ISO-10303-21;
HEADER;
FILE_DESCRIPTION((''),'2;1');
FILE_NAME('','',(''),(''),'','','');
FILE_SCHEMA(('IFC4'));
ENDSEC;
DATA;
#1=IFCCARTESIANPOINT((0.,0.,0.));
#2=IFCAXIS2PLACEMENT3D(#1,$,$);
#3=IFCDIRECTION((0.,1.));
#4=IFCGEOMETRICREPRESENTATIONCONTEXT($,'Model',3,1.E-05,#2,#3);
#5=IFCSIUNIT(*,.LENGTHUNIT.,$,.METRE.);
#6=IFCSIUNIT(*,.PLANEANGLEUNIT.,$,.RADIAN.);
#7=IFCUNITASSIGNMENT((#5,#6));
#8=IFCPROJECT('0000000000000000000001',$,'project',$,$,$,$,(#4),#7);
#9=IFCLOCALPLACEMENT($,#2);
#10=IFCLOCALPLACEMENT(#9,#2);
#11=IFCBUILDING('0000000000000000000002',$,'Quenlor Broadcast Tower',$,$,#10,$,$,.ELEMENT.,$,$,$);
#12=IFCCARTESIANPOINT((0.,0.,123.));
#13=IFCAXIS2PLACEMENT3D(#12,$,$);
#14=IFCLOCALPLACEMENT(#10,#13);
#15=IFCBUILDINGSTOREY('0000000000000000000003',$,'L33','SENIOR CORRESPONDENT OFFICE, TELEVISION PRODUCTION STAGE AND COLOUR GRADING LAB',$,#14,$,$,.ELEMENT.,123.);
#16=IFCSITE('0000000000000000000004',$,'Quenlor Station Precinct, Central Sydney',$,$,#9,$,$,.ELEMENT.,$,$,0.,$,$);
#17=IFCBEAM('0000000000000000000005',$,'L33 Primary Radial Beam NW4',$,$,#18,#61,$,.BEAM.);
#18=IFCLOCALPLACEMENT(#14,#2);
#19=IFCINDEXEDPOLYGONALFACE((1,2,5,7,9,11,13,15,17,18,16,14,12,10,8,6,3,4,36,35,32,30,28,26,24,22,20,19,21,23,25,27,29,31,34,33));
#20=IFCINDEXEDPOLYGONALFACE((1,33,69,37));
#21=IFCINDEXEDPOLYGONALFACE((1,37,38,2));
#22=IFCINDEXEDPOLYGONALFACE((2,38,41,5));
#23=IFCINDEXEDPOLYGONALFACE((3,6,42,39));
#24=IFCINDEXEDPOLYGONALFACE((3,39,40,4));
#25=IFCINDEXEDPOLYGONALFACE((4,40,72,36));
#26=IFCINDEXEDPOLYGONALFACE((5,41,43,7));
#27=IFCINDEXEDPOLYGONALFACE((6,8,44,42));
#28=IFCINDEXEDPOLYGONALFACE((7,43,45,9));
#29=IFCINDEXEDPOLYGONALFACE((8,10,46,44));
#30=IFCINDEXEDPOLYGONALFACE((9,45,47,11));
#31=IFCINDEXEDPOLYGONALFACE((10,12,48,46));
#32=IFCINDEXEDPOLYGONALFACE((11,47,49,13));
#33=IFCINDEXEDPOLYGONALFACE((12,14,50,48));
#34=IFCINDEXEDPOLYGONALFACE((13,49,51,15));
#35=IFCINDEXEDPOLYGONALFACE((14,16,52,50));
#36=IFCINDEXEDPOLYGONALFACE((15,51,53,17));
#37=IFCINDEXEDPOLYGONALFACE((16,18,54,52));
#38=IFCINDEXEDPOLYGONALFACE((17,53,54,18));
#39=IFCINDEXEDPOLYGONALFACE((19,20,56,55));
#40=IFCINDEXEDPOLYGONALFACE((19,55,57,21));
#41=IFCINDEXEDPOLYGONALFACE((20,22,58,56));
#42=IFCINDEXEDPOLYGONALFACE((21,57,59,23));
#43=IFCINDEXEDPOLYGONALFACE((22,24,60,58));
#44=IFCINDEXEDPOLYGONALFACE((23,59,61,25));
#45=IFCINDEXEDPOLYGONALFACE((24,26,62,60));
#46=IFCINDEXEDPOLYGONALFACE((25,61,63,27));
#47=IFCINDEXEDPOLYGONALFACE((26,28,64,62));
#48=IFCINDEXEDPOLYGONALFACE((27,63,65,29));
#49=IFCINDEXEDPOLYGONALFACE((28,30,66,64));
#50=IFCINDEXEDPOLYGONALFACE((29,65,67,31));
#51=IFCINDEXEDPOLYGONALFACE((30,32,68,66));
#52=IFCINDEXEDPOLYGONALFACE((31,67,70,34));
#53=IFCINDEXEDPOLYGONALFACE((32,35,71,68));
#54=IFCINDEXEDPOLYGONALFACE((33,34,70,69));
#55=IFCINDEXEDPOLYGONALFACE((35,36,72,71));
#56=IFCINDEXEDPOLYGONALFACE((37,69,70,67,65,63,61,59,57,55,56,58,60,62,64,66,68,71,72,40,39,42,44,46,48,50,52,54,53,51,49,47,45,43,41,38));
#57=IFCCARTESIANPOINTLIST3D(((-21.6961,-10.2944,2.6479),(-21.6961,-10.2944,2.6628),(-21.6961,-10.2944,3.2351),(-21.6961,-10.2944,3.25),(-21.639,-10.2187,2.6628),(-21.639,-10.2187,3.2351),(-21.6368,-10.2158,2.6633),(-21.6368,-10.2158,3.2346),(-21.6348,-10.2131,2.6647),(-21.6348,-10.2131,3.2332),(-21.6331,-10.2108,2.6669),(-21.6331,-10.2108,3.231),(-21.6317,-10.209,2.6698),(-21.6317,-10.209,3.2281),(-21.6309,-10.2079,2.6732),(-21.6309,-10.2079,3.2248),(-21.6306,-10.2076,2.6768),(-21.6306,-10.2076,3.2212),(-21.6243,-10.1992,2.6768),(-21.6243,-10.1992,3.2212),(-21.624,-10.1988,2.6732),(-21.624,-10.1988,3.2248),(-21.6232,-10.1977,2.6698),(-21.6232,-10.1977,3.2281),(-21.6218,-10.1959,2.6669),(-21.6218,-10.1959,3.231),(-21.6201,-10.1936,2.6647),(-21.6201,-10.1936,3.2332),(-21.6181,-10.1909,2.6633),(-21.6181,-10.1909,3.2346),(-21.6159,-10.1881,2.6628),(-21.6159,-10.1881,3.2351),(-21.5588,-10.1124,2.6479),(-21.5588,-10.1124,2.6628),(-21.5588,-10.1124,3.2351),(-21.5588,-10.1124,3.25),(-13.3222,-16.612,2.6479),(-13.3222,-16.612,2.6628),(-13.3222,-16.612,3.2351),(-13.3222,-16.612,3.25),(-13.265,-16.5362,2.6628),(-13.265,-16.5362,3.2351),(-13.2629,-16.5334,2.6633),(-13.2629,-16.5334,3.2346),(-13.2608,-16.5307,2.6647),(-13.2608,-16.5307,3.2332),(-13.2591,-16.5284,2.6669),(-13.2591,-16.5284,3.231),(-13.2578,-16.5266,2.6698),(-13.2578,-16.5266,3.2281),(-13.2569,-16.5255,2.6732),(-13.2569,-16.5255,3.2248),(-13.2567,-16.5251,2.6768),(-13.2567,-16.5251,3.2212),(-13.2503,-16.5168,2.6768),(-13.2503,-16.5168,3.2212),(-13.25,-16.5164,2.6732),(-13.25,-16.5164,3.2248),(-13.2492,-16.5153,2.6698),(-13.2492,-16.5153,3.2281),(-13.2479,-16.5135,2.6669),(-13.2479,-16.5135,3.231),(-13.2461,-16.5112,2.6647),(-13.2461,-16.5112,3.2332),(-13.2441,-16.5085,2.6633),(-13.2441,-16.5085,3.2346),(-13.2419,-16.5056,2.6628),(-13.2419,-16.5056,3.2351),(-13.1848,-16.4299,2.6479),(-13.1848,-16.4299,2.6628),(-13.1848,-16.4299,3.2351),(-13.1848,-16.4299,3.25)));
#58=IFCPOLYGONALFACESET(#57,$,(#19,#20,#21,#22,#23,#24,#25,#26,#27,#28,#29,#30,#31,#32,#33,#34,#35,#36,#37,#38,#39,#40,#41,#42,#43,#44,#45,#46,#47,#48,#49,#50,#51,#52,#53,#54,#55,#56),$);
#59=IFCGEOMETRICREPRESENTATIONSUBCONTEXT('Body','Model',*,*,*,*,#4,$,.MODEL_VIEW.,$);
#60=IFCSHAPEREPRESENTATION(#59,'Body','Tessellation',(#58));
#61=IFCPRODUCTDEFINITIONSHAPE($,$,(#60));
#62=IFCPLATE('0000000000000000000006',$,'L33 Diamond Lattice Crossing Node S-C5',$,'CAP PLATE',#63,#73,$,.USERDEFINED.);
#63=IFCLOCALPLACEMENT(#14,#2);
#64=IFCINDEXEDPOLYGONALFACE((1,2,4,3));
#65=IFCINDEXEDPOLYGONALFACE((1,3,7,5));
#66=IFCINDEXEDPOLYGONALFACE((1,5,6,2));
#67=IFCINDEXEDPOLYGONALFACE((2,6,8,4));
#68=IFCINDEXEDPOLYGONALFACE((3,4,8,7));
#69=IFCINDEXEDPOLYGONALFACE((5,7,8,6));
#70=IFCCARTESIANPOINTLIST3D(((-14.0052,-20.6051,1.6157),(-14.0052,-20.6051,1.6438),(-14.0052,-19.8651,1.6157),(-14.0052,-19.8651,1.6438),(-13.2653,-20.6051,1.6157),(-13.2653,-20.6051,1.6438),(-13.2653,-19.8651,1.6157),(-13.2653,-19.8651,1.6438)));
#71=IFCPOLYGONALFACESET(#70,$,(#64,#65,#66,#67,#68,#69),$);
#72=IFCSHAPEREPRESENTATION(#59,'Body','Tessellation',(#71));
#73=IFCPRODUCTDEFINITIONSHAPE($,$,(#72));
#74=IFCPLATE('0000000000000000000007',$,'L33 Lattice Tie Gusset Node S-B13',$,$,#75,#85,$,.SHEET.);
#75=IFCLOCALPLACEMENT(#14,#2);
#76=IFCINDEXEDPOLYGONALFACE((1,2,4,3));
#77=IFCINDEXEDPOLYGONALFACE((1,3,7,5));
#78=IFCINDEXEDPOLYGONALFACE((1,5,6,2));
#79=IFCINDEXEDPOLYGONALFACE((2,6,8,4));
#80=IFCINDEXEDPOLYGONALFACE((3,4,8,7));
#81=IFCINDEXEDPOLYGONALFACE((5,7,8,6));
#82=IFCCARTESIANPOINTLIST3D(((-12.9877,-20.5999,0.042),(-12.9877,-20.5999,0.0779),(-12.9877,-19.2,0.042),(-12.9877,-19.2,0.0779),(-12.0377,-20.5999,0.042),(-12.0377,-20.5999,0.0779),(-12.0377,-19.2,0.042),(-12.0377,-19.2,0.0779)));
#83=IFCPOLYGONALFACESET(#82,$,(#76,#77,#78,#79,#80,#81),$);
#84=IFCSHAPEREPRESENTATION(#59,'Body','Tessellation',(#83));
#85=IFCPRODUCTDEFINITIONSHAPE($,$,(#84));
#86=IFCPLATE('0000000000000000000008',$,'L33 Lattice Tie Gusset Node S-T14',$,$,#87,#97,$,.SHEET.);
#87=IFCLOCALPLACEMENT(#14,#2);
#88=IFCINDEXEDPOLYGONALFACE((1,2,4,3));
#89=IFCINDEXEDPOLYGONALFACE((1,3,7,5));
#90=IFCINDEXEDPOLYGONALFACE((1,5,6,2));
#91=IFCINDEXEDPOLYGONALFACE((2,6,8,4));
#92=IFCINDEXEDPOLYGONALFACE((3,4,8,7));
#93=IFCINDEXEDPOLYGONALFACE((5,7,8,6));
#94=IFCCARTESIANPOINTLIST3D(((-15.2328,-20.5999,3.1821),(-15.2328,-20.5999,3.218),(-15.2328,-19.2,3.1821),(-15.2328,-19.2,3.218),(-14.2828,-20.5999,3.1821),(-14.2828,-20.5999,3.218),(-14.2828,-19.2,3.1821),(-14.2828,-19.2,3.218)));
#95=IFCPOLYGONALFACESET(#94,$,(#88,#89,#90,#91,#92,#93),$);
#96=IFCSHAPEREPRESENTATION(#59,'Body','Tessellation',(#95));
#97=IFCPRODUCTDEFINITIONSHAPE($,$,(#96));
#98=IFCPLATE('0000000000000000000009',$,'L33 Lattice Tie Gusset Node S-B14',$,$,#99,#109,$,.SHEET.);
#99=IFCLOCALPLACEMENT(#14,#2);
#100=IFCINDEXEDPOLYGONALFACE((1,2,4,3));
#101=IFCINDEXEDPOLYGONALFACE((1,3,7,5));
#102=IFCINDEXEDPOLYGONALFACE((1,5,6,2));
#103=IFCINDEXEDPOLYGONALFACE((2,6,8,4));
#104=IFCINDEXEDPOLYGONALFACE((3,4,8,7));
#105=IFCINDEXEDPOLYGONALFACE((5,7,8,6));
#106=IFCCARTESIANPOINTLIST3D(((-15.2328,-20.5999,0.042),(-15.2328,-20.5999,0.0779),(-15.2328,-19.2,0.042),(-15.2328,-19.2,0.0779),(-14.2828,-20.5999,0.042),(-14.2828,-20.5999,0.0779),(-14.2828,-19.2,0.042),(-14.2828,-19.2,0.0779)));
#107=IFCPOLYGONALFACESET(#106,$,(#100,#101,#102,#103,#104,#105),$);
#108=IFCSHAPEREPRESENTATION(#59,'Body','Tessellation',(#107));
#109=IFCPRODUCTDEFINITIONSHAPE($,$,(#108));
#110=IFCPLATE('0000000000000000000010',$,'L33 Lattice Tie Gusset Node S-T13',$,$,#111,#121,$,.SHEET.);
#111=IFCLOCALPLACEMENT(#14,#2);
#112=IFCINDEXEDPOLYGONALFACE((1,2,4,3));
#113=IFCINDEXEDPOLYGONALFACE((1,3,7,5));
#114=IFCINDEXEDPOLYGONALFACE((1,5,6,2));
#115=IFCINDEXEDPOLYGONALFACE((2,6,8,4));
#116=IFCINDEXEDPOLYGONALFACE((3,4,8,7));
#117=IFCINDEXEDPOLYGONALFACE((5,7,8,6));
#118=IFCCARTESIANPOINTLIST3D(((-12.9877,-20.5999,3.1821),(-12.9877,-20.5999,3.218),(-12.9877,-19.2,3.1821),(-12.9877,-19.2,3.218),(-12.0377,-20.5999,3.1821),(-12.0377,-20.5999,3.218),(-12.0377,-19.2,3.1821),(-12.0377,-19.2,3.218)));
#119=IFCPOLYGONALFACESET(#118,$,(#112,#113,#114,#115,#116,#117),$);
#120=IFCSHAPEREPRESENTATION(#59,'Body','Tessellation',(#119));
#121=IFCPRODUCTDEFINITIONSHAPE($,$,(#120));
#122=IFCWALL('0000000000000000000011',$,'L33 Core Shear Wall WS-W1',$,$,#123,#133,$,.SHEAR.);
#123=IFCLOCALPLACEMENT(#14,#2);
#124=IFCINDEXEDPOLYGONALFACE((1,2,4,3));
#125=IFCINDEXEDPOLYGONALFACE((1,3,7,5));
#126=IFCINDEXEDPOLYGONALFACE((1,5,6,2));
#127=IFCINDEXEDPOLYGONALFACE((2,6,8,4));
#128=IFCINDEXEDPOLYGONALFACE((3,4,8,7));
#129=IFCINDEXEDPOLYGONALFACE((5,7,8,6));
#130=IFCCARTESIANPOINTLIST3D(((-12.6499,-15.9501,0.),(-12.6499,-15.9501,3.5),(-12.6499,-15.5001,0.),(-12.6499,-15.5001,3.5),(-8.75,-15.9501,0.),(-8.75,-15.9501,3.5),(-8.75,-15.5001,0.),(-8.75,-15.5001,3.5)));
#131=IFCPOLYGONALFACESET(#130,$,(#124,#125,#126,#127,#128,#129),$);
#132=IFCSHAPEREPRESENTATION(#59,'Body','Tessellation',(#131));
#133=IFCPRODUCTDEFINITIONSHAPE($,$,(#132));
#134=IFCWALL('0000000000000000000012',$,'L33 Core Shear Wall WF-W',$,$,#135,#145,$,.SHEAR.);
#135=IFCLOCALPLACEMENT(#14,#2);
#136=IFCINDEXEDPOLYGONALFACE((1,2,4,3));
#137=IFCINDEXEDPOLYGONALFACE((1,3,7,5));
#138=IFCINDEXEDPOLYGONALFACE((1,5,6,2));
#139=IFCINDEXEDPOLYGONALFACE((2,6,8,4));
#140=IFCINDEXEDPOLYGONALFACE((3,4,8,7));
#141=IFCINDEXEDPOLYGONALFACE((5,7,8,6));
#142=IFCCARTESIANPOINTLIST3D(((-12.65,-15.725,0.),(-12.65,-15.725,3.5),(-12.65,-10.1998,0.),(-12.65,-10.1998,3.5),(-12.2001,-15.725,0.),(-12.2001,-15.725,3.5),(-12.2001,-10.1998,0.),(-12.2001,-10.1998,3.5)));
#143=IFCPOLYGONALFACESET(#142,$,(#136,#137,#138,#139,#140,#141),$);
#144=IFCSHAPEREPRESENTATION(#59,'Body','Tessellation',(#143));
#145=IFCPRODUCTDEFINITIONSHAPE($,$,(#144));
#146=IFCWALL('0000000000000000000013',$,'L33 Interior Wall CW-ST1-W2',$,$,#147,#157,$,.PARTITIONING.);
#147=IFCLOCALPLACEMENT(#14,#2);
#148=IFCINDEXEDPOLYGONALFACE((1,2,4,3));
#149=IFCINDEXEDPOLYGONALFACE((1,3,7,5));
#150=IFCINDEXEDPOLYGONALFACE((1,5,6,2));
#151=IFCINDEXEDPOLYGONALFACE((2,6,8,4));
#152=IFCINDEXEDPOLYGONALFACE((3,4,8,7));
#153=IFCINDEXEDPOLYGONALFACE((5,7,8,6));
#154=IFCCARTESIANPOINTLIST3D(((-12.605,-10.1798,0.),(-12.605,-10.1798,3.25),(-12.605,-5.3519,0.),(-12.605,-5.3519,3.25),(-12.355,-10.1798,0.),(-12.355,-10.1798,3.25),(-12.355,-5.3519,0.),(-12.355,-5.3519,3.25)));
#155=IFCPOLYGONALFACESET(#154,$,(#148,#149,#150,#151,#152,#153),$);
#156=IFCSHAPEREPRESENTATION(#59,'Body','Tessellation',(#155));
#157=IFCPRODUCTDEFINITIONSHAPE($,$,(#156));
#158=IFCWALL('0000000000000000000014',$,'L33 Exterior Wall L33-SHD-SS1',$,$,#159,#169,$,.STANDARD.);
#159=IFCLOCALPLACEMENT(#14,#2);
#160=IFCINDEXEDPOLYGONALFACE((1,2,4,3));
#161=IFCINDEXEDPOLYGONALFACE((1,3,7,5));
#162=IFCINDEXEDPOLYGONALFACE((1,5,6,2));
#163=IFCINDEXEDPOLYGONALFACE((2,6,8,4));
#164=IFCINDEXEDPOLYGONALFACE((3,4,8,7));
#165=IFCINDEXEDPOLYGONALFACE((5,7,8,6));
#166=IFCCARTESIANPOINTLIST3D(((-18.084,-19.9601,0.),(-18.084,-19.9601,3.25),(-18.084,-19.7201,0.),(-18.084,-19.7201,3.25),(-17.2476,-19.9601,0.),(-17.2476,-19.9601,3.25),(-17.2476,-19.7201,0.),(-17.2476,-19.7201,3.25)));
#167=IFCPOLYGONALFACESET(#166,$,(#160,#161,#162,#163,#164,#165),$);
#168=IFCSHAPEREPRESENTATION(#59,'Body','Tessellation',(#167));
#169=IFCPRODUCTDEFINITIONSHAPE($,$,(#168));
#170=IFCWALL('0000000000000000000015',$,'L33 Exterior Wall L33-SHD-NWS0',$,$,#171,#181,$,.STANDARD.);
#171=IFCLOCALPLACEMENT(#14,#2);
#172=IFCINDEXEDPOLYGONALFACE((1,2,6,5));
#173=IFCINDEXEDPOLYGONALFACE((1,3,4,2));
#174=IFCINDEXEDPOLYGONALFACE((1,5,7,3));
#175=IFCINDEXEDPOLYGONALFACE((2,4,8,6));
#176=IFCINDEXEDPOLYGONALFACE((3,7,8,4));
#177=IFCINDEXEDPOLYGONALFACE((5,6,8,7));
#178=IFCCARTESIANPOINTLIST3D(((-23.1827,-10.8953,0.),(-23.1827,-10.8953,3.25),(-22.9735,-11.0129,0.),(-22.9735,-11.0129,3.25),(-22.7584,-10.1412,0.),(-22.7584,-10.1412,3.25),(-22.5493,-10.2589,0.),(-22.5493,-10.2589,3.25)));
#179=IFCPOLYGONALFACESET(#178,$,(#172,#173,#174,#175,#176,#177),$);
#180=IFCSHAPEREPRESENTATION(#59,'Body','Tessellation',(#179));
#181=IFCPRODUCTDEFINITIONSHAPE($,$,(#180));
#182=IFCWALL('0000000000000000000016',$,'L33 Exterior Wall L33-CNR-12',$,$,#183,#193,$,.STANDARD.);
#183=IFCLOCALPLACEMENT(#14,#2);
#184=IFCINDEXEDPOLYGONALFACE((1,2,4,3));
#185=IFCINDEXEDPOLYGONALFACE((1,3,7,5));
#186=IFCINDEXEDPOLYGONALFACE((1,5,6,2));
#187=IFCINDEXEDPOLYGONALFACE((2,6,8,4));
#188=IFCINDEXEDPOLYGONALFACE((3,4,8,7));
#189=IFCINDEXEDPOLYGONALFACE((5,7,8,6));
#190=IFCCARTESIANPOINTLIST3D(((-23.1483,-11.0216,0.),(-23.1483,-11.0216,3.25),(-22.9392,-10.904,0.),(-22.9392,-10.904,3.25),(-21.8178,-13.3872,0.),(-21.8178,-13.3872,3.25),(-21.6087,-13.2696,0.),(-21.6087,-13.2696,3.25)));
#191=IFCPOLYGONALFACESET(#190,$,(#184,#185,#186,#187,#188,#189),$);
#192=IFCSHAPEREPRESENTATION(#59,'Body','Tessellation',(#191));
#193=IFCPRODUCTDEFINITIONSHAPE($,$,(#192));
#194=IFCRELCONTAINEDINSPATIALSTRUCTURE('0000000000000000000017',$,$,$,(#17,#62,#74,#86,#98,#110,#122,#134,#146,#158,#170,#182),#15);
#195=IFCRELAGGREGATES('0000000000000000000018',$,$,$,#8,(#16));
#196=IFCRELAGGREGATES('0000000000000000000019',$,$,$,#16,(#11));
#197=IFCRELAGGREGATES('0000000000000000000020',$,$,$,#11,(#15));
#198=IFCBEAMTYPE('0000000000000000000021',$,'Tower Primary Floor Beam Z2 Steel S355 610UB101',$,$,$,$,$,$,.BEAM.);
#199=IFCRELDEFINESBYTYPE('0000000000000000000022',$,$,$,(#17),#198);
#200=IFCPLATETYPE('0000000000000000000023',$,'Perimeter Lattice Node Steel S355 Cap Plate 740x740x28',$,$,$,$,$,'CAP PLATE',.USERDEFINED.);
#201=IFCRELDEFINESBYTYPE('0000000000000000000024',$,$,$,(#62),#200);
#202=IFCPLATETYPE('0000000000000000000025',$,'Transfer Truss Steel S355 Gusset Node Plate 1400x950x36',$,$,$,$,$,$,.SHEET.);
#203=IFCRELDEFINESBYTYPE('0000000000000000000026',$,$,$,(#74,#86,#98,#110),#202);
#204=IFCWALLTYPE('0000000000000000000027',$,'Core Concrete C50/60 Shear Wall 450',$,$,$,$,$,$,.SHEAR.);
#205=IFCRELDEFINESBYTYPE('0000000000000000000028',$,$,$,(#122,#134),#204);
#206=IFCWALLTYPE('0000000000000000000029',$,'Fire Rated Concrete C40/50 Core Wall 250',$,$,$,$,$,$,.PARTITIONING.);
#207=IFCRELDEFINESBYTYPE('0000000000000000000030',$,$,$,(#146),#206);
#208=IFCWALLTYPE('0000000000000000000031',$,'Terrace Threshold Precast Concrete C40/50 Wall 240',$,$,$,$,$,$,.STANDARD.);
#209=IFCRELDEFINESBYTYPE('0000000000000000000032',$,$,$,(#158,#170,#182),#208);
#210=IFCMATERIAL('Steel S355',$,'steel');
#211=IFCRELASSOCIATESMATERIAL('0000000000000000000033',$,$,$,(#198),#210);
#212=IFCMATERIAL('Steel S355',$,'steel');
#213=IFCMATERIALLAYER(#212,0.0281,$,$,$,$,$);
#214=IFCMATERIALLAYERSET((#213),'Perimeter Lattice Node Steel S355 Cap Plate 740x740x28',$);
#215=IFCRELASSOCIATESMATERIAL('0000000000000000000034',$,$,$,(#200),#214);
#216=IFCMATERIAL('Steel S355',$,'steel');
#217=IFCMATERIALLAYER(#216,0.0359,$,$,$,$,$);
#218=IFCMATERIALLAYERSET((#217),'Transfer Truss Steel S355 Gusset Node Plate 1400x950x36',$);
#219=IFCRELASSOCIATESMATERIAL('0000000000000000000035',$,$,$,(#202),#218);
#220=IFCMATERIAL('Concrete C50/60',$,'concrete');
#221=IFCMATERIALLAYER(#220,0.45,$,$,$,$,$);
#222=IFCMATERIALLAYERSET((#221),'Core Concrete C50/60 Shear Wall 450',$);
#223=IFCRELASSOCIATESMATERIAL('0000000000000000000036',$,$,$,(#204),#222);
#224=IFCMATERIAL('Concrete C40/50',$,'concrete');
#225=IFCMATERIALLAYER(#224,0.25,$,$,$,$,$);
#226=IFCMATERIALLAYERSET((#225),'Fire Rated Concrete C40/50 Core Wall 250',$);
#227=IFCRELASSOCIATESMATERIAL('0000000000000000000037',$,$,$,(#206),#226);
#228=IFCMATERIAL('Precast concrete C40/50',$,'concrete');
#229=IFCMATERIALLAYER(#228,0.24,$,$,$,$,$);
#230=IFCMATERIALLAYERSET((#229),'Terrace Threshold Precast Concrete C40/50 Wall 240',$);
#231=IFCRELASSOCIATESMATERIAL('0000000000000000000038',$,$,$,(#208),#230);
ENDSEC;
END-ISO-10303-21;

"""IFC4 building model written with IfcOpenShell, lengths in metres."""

from ifc_helpers import new_model, si_unit, direction, frame, frame_2d, origin, origin_2d, place, context, subcontext, project, spatial, rectangle, i_section, extrude, material, layer, layer_set, material_profile, profile_set, type_object, element, save


model = new_model("IFC4")

# Units and contexts
model_context = context("Model", 3, precision=1e-05, world=origin(), true_north=direction((0.0, 1.0)))
body_context = subcontext(model_context, "Body", "Model", "MODEL_VIEW")
ifc_project = project(units=[si_unit("LENGTHUNIT", "METRE"), si_unit("PLANEANGLEUNIT", "RADIAN")], contexts=[model_context])

# Site, building, storey
site_placement = place(None, origin())
site = spatial("IfcSite", under=ifc_project, at=site_placement, Name="Quenlor Station Precinct, Central Sydney", CompositionType="ELEMENT", RefElevation=0.0)
building_placement = place(site_placement, origin())
building = spatial("IfcBuilding", under=site, at=building_placement, Name="Quenlor Broadcast Tower", CompositionType="ELEMENT")
storey_placement = place(building_placement, frame((0.0, 0.0, 123.0)))
storey = spatial("IfcBuildingStorey", under=building, at=storey_placement, Name="L33", Description="SENIOR CORRESPONDENT OFFICE, TELEVISION PRODUCTION STAGE AND COLOUR GRADING LAB", CompositionType="ELEMENT", Elevation=123.0)

# Beam
ifc_material_1 = material(Name="Steel S355", Category="steel")
ifc_material_profile_1 = material_profile(ifc_material_1, i_section(OverallWidth=0.228, OverallDepth=0.6021, WebThickness=0.0105, FlangeThickness=0.0149, FilletRadius=0.0139, at=origin_2d()))
ifc_profile_set_1 = profile_set([ifc_material_profile_1], Name="Steel S355 610UB101")
beam_type_1 = type_object("IfcBeamType", Name="Tower Primary Floor Beam Z2 Steel S355 610UB101", PredefinedType="BEAM", material=ifc_profile_set_1)
beam_1_placement = place(storey_placement, frame((-21.6274, -10.2034, 2.949), z_axis=(0.798299, -0.602262, 0.0), x_axis=(0.602262, 0.798299, 0.0)))
element("IfcBeam", 1, at=beam_1_placement, inside=storey, type_object=beam_type_1, Name="L33 Primary Radial Beam NW4", PredefinedType="BEAM", context=body_context, shape_type="SweptSolid", body=[
    extrude(i_section(OverallWidth=0.228, OverallDepth=0.6021, WebThickness=0.0105, FlangeThickness=0.0149, FilletRadius=0.0139, at=origin_2d()), origin(), (0.0, 0.0, 1.0), 10.4897),
])

# Plates
ifc_material_2 = material(Name="Steel S355", Category="steel")
ifc_layer_1 = layer(ifc_material_2, 0.0281)
ifc_layer_set_1 = layer_set([ifc_layer_1], Name="Perimeter Lattice Node Steel S355 Cap Plate 740x740x28")
plate_type_1 = type_object("IfcPlateType", Name="Perimeter Lattice Node Steel S355 Cap Plate 740x740x28", ElementType="CAP PLATE", PredefinedType="USERDEFINED", material=ifc_layer_set_1)
plate_placement = place(storey_placement, frame((-13.6353, -20.2351, 1.6157), z_axis=(0.0, 0.0, 1.0), x_axis=(-1.0, 0.0, 0.0)))
element("IfcPlate", 2, at=plate_placement, inside=storey, type_object=plate_type_1, Name="L33 Diamond Lattice Crossing Node S-C5", ObjectType="CAP PLATE", PredefinedType="USERDEFINED", context=body_context, shape_type="SweptSolid", body=[
    extrude(rectangle(XDim=0.74, YDim=0.74, at=origin_2d()), origin(), (0.0, 0.0, 1.0), 0.0281),
])
ifc_material_3 = material(Name="Steel S355", Category="steel")
ifc_layer_2 = layer(ifc_material_3, 0.0359)
ifc_layer_set_2 = layer_set([ifc_layer_2], Name="Transfer Truss Steel S355 Gusset Node Plate 1400x950x36")
plate_type_2 = type_object("IfcPlateType", Name="Transfer Truss Steel S355 Gusset Node Plate 1400x950x36", PredefinedType="SHEET", material=ifc_layer_set_2)
for number, where, z_axis, x_axis, name in (
    (3, (-12.5127, -19.8999, 0.042), (0.0, 0.0, 1.0), (0.0, -1.0, 0.0), "L33 Lattice Tie Gusset Node S-B13"),
    (4, (-14.7578, -19.8999, 3.1821), (0.0, 0.0, 1.0), (0.0, -1.0, 0.0), "L33 Lattice Tie Gusset Node S-T14"),
    (5, (-14.7578, -19.8999, 0.042), (0.0, 0.0, 1.0), (0.0, -1.0, 0.0), "L33 Lattice Tie Gusset Node S-B14"),
    (6, (-12.5127, -19.8999, 3.1821), (0.0, 0.0, 1.0), (0.0, -1.0, 0.0), "L33 Lattice Tie Gusset Node S-T13"),
):
    element("IfcPlate", number, at=place(storey_placement, frame(where, z_axis=z_axis, x_axis=x_axis)), inside=storey, type_object=plate_type_2, Name=name, PredefinedType="SHEET", context=body_context, shape_type="SweptSolid", body=[
        extrude(rectangle(XDim=1.3999, YDim=0.95, at=origin_2d()), origin(), (0.0, 0.0, 1.0), 0.0359),
    ])

# Walls
ifc_material_4 = material(Name="Concrete C50/60", Category="concrete")
ifc_layer_3 = layer(ifc_material_4, 0.45)
ifc_layer_set_3 = layer_set([ifc_layer_3], Name="Core Concrete C50/60 Shear Wall 450")
wall_type_1 = type_object("IfcWallType", Name="Core Concrete C50/60 Shear Wall 450", PredefinedType="SHEAR", material=ifc_layer_set_3)
wall_1_placement = place(storey_placement, frame((-12.6499, -15.7251, 0.0), z_axis=(0.0, 0.0, 1.0), x_axis=(1.0, 0.0, 0.0)))
element("IfcWall", 7, at=wall_1_placement, inside=storey, type_object=wall_type_1, Name="L33 Core Shear Wall WS-W1", PredefinedType="SHEAR", context=body_context, shape_type="SweptSolid", body=[
    extrude(rectangle(XDim=3.8999, YDim=0.45, at=frame_2d((1.95, 0.0))), origin(), (0.0, 0.0, 1.0), 3.5),
])
wall_2_placement = place(storey_placement, frame((-12.425, -15.7251, 0.0), z_axis=(0.0, 0.0, 1.0), x_axis=(0.0, 1.0, 0.0)))
element("IfcWall", 8, at=wall_2_placement, inside=storey, type_object=wall_type_1, Name="L33 Core Shear Wall WF-W", PredefinedType="SHEAR", context=body_context, shape_type="SweptSolid", body=[
    extrude(rectangle(XDim=5.5251, YDim=0.45, at=frame_2d((2.7627, 0.0))), origin(), (0.0, 0.0, 1.0), 3.5),
])
ifc_material_5 = material(Name="Concrete C40/50", Category="concrete")
ifc_layer_4 = layer(ifc_material_5, 0.25)
ifc_layer_set_4 = layer_set([ifc_layer_4], Name="Fire Rated Concrete C40/50 Core Wall 250")
wall_type_2 = type_object("IfcWallType", Name="Fire Rated Concrete C40/50 Core Wall 250", PredefinedType="PARTITIONING", material=ifc_layer_set_4)
wall_3_placement = place(storey_placement, frame((-12.48, -10.1799, 0.0), z_axis=(0.0, 0.0, 1.0), x_axis=(0.0, 1.0, 0.0)))
element("IfcWall", 9, at=wall_3_placement, inside=storey, type_object=wall_type_2, Name="L33 Interior Wall CW-ST1-W2", PredefinedType="PARTITIONING", context=body_context, shape_type="SweptSolid", body=[
    extrude(rectangle(XDim=4.8279, YDim=0.25, at=frame_2d((2.4141, 0.0))), origin(), (0.0, 0.0, 1.0), 3.25),
])
ifc_material_6 = material(Name="Precast concrete C40/50", Category="concrete")
ifc_layer_5 = layer(ifc_material_6, 0.24)
ifc_layer_set_5 = layer_set([ifc_layer_5], Name="Terrace Threshold Precast Concrete C40/50 Wall 240")
wall_type_3 = type_object("IfcWallType", Name="Terrace Threshold Precast Concrete C40/50 Wall 240", PredefinedType="STANDARD", material=ifc_layer_set_5)
wall_4_placement = place(storey_placement, frame((-17.2476, -19.8401, 0.0), z_axis=(0.0, 0.0, 1.0), x_axis=(-1.0, 0.0, 0.0)))
element("IfcWall", 10, at=wall_4_placement, inside=storey, type_object=wall_type_3, Name="L33 Exterior Wall L33-SHD-SS1", PredefinedType="STANDARD", context=body_context, shape_type="SweptSolid", body=[
    extrude(rectangle(XDim=0.8364, YDim=0.24, at=frame_2d((0.4182, 0.0))), origin(), (0.0, 0.0, 1.0), 3.25),
])
wall_5_placement = place(storey_placement, frame((-23.0781, -10.9541, 0.0), z_axis=(0.0, 0.0, 1.0), x_axis=(0.490355, 0.871523, 0.0)))
element("IfcWall", 11, at=wall_5_placement, inside=storey, type_object=wall_type_3, Name="L33 Exterior Wall L33-SHD-NWS0", PredefinedType="STANDARD", context=body_context, shape_type="SweptSolid", body=[
    extrude(rectangle(XDim=0.8652, YDim=0.24, at=frame_2d((0.4326, 0.0))), origin(), (0.0, 0.0, 1.0), 3.25),
])
wall_6_placement = place(storey_placement, frame((-23.0437, -10.9629, 0.0), z_axis=(0.0, 0.0, 1.0), x_axis=(0.490219, -0.8716, 0.0)))
element("IfcWall", 12, at=wall_6_placement, inside=storey, type_object=wall_type_3, Name="L33 Exterior Wall L33-CNR-12", PredefinedType="STANDARD", context=body_context, shape_type="SweptSolid", body=[
    extrude(rectangle(XDim=2.7141, YDim=0.24, at=frame_2d((1.3569, 0.0))), origin(), (0.0, 0.0, 1.0), 3.25),
])

save(model, "model.ifc")
